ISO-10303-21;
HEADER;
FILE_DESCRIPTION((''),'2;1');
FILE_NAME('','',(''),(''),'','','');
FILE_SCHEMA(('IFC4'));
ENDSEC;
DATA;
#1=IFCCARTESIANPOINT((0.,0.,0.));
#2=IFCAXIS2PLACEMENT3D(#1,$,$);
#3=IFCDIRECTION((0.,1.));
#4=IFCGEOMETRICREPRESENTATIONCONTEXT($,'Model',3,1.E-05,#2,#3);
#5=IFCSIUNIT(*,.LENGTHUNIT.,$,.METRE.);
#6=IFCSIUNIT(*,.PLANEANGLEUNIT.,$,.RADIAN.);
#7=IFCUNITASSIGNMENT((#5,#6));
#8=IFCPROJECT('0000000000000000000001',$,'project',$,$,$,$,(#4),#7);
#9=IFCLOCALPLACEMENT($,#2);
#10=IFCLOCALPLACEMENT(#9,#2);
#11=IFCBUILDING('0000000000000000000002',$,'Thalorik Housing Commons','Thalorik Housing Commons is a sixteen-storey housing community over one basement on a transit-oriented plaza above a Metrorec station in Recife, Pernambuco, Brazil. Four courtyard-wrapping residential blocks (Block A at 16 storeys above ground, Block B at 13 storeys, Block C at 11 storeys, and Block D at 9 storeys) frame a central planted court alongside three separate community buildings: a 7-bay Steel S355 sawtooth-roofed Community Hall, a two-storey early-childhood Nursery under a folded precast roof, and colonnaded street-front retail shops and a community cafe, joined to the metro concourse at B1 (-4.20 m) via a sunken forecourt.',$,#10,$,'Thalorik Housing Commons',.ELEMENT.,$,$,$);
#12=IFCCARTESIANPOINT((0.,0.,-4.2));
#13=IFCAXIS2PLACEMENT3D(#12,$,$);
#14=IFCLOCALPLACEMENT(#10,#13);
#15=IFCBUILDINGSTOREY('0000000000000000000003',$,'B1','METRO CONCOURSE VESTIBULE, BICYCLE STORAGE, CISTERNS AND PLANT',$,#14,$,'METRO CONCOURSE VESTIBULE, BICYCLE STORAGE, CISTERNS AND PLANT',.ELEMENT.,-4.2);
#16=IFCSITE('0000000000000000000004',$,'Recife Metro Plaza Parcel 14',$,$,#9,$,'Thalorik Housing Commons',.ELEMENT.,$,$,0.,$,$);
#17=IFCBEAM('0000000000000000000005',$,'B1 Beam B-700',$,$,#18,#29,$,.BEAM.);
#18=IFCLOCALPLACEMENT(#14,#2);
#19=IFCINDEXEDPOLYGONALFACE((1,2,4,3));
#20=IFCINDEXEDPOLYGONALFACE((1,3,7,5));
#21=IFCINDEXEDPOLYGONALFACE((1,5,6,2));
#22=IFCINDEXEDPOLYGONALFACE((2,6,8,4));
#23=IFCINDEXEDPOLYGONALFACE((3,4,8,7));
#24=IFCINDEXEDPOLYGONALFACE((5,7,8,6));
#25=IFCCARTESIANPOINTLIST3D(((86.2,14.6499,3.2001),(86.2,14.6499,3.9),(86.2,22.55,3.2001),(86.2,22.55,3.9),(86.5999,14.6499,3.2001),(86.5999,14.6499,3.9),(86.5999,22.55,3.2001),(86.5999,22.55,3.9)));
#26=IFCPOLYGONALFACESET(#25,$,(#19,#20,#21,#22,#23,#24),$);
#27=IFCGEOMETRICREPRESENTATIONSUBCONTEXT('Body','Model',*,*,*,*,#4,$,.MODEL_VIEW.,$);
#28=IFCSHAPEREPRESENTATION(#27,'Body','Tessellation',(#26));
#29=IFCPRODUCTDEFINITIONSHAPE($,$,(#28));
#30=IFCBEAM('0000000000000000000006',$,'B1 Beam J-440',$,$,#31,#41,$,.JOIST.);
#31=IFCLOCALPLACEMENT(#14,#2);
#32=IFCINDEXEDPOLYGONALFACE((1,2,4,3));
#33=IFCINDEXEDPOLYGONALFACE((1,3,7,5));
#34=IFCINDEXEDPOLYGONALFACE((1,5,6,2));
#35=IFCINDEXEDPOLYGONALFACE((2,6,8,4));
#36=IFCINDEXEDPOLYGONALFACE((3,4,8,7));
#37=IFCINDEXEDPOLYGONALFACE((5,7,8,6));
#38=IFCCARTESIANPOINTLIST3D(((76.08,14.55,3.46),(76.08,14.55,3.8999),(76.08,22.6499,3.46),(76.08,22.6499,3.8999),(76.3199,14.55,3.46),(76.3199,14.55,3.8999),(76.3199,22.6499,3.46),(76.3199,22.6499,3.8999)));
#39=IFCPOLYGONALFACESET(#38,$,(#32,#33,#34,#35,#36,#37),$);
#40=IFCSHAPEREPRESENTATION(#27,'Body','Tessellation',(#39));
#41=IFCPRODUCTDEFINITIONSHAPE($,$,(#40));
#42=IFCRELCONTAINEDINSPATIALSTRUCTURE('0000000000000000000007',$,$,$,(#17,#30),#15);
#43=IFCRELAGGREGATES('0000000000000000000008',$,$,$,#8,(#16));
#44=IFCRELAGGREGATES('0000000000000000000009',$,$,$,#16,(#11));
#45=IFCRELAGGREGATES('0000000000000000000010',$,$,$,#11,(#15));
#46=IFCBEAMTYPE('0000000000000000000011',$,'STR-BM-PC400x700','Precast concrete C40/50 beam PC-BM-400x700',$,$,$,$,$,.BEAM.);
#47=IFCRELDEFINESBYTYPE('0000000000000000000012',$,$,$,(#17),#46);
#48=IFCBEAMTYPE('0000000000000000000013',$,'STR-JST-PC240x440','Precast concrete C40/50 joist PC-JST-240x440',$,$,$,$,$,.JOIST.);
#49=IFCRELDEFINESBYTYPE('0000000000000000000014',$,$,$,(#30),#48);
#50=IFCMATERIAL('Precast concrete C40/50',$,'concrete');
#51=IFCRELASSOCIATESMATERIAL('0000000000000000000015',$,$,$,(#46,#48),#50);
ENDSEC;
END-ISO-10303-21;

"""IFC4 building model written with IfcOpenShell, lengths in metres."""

from ifc_helpers import new_model, si_unit, direction, frame, origin, origin_2d, place, context, subcontext, project, spatial, rectangle, extrude, material, material_profile, profile_set, type_object, element, save


model = new_model("IFC4")

# Units and contexts
model_context = context("Model", 3, precision=1e-05, world=origin(), true_north=direction((0.0, 1.0)))
body_context = subcontext(model_context, "Body", "Model", "MODEL_VIEW")
ifc_project = project(units=[si_unit("LENGTHUNIT", "METRE"), si_unit("PLANEANGLEUNIT", "RADIAN")], contexts=[model_context])

# Site, building, storey
site_placement = place(None, origin())
site = spatial("IfcSite", under=ifc_project, at=site_placement, Name="Recife Metro Plaza Parcel 14", LongName="Thalorik Housing Commons", CompositionType="ELEMENT", RefElevation=0.0)
building_placement = place(site_placement, origin())
building = spatial("IfcBuilding", under=site, at=building_placement, Name="Thalorik Housing Commons", Description="Thalorik Housing Commons is a sixteen-storey housing community over one basement on a transit-oriented plaza above a Metrorec station in Recife, Pernambuco, Brazil. Four courtyard-wrapping residential blocks (Block A at 16 storeys above ground, Block B at 13 storeys, Block C at 11 storeys, and Block D at 9 storeys) frame a central planted court alongside three separate community buildings: a 7-bay Steel S355 sawtooth-roofed Community Hall, a two-storey early-childhood Nursery under a folded precast roof, and colonnaded street-front retail shops and a community cafe, joined to the metro concourse at B1 (-4.20 m) via a sunken forecourt.", LongName="Thalorik Housing Commons", CompositionType="ELEMENT")
storey_placement = place(building_placement, frame((0.0, 0.0, -4.2)))
storey = spatial("IfcBuildingStorey", under=building, at=storey_placement, Name="B1", Description="METRO CONCOURSE VESTIBULE, BICYCLE STORAGE, CISTERNS AND PLANT", LongName="METRO CONCOURSE VESTIBULE, BICYCLE STORAGE, CISTERNS AND PLANT", CompositionType="ELEMENT", Elevation=-4.2)

# Shared definitions
ifc_material_1 = material(Name="Precast concrete C40/50", Category="concrete")

# Beams
ifc_material_profile_1 = material_profile(ifc_material_1, rectangle(XDim=0.3999, YDim=0.7, at=origin_2d()), Name="PC 400x700", Category="concrete")
ifc_profile_set_1 = profile_set([ifc_material_profile_1], Name="Precast concrete C40/50")
beam_type_1 = type_object("IfcBeamType", Name="STR-BM-PC400x700", Description="Precast concrete C40/50 beam PC-BM-400x700", PredefinedType="BEAM", material=ifc_profile_set_1)
for number, where, z_axis, x_axis, name in (
    (1, (86.3999, 14.6499, 3.55), (0.0, 1.0, 0.0), (-1.0, 0.0, 0.0), "B1 Beam B-700"),
):
    element("IfcBeam", number, at=place(storey_placement, frame(where, z_axis=z_axis, x_axis=x_axis)), inside=storey, type_object=beam_type_1, Name=name, PredefinedType="BEAM", context=body_context, shape_type="SweptSolid", body=[
        extrude(rectangle(XDim=0.3999, YDim=0.7, at=origin_2d()), origin(), (0.0, 0.0, 1.0), 7.9001),
    ])
ifc_material_profile_2 = material_profile(ifc_material_1, rectangle(XDim=0.24, YDim=0.4399, at=origin_2d()), Name="PC JST 240x440", Category="concrete")
ifc_profile_set_2 = profile_set([ifc_material_profile_2], Name="Precast concrete C40/50")
beam_type_2 = type_object("IfcBeamType", Name="STR-JST-PC240x440", Description="Precast concrete C40/50 joist PC-JST-240x440", PredefinedType="JOIST", material=ifc_profile_set_2)
beam_1_placement = place(storey_placement, frame((76.2, 14.55, 3.6799), z_axis=(0.0, 1.0, 0.0), x_axis=(-1.0, 0.0, 0.0)))
element("IfcBeam", 2, at=beam_1_placement, inside=storey, type_object=beam_type_2, Name="B1 Beam J-440", PredefinedType="JOIST", context=body_context, shape_type="SweptSolid", body=[
    extrude(rectangle(XDim=0.24, YDim=0.4399, at=origin_2d()), origin(), (0.0, 0.0, 1.0), 8.0999),
])

save(model, "model.ifc")
